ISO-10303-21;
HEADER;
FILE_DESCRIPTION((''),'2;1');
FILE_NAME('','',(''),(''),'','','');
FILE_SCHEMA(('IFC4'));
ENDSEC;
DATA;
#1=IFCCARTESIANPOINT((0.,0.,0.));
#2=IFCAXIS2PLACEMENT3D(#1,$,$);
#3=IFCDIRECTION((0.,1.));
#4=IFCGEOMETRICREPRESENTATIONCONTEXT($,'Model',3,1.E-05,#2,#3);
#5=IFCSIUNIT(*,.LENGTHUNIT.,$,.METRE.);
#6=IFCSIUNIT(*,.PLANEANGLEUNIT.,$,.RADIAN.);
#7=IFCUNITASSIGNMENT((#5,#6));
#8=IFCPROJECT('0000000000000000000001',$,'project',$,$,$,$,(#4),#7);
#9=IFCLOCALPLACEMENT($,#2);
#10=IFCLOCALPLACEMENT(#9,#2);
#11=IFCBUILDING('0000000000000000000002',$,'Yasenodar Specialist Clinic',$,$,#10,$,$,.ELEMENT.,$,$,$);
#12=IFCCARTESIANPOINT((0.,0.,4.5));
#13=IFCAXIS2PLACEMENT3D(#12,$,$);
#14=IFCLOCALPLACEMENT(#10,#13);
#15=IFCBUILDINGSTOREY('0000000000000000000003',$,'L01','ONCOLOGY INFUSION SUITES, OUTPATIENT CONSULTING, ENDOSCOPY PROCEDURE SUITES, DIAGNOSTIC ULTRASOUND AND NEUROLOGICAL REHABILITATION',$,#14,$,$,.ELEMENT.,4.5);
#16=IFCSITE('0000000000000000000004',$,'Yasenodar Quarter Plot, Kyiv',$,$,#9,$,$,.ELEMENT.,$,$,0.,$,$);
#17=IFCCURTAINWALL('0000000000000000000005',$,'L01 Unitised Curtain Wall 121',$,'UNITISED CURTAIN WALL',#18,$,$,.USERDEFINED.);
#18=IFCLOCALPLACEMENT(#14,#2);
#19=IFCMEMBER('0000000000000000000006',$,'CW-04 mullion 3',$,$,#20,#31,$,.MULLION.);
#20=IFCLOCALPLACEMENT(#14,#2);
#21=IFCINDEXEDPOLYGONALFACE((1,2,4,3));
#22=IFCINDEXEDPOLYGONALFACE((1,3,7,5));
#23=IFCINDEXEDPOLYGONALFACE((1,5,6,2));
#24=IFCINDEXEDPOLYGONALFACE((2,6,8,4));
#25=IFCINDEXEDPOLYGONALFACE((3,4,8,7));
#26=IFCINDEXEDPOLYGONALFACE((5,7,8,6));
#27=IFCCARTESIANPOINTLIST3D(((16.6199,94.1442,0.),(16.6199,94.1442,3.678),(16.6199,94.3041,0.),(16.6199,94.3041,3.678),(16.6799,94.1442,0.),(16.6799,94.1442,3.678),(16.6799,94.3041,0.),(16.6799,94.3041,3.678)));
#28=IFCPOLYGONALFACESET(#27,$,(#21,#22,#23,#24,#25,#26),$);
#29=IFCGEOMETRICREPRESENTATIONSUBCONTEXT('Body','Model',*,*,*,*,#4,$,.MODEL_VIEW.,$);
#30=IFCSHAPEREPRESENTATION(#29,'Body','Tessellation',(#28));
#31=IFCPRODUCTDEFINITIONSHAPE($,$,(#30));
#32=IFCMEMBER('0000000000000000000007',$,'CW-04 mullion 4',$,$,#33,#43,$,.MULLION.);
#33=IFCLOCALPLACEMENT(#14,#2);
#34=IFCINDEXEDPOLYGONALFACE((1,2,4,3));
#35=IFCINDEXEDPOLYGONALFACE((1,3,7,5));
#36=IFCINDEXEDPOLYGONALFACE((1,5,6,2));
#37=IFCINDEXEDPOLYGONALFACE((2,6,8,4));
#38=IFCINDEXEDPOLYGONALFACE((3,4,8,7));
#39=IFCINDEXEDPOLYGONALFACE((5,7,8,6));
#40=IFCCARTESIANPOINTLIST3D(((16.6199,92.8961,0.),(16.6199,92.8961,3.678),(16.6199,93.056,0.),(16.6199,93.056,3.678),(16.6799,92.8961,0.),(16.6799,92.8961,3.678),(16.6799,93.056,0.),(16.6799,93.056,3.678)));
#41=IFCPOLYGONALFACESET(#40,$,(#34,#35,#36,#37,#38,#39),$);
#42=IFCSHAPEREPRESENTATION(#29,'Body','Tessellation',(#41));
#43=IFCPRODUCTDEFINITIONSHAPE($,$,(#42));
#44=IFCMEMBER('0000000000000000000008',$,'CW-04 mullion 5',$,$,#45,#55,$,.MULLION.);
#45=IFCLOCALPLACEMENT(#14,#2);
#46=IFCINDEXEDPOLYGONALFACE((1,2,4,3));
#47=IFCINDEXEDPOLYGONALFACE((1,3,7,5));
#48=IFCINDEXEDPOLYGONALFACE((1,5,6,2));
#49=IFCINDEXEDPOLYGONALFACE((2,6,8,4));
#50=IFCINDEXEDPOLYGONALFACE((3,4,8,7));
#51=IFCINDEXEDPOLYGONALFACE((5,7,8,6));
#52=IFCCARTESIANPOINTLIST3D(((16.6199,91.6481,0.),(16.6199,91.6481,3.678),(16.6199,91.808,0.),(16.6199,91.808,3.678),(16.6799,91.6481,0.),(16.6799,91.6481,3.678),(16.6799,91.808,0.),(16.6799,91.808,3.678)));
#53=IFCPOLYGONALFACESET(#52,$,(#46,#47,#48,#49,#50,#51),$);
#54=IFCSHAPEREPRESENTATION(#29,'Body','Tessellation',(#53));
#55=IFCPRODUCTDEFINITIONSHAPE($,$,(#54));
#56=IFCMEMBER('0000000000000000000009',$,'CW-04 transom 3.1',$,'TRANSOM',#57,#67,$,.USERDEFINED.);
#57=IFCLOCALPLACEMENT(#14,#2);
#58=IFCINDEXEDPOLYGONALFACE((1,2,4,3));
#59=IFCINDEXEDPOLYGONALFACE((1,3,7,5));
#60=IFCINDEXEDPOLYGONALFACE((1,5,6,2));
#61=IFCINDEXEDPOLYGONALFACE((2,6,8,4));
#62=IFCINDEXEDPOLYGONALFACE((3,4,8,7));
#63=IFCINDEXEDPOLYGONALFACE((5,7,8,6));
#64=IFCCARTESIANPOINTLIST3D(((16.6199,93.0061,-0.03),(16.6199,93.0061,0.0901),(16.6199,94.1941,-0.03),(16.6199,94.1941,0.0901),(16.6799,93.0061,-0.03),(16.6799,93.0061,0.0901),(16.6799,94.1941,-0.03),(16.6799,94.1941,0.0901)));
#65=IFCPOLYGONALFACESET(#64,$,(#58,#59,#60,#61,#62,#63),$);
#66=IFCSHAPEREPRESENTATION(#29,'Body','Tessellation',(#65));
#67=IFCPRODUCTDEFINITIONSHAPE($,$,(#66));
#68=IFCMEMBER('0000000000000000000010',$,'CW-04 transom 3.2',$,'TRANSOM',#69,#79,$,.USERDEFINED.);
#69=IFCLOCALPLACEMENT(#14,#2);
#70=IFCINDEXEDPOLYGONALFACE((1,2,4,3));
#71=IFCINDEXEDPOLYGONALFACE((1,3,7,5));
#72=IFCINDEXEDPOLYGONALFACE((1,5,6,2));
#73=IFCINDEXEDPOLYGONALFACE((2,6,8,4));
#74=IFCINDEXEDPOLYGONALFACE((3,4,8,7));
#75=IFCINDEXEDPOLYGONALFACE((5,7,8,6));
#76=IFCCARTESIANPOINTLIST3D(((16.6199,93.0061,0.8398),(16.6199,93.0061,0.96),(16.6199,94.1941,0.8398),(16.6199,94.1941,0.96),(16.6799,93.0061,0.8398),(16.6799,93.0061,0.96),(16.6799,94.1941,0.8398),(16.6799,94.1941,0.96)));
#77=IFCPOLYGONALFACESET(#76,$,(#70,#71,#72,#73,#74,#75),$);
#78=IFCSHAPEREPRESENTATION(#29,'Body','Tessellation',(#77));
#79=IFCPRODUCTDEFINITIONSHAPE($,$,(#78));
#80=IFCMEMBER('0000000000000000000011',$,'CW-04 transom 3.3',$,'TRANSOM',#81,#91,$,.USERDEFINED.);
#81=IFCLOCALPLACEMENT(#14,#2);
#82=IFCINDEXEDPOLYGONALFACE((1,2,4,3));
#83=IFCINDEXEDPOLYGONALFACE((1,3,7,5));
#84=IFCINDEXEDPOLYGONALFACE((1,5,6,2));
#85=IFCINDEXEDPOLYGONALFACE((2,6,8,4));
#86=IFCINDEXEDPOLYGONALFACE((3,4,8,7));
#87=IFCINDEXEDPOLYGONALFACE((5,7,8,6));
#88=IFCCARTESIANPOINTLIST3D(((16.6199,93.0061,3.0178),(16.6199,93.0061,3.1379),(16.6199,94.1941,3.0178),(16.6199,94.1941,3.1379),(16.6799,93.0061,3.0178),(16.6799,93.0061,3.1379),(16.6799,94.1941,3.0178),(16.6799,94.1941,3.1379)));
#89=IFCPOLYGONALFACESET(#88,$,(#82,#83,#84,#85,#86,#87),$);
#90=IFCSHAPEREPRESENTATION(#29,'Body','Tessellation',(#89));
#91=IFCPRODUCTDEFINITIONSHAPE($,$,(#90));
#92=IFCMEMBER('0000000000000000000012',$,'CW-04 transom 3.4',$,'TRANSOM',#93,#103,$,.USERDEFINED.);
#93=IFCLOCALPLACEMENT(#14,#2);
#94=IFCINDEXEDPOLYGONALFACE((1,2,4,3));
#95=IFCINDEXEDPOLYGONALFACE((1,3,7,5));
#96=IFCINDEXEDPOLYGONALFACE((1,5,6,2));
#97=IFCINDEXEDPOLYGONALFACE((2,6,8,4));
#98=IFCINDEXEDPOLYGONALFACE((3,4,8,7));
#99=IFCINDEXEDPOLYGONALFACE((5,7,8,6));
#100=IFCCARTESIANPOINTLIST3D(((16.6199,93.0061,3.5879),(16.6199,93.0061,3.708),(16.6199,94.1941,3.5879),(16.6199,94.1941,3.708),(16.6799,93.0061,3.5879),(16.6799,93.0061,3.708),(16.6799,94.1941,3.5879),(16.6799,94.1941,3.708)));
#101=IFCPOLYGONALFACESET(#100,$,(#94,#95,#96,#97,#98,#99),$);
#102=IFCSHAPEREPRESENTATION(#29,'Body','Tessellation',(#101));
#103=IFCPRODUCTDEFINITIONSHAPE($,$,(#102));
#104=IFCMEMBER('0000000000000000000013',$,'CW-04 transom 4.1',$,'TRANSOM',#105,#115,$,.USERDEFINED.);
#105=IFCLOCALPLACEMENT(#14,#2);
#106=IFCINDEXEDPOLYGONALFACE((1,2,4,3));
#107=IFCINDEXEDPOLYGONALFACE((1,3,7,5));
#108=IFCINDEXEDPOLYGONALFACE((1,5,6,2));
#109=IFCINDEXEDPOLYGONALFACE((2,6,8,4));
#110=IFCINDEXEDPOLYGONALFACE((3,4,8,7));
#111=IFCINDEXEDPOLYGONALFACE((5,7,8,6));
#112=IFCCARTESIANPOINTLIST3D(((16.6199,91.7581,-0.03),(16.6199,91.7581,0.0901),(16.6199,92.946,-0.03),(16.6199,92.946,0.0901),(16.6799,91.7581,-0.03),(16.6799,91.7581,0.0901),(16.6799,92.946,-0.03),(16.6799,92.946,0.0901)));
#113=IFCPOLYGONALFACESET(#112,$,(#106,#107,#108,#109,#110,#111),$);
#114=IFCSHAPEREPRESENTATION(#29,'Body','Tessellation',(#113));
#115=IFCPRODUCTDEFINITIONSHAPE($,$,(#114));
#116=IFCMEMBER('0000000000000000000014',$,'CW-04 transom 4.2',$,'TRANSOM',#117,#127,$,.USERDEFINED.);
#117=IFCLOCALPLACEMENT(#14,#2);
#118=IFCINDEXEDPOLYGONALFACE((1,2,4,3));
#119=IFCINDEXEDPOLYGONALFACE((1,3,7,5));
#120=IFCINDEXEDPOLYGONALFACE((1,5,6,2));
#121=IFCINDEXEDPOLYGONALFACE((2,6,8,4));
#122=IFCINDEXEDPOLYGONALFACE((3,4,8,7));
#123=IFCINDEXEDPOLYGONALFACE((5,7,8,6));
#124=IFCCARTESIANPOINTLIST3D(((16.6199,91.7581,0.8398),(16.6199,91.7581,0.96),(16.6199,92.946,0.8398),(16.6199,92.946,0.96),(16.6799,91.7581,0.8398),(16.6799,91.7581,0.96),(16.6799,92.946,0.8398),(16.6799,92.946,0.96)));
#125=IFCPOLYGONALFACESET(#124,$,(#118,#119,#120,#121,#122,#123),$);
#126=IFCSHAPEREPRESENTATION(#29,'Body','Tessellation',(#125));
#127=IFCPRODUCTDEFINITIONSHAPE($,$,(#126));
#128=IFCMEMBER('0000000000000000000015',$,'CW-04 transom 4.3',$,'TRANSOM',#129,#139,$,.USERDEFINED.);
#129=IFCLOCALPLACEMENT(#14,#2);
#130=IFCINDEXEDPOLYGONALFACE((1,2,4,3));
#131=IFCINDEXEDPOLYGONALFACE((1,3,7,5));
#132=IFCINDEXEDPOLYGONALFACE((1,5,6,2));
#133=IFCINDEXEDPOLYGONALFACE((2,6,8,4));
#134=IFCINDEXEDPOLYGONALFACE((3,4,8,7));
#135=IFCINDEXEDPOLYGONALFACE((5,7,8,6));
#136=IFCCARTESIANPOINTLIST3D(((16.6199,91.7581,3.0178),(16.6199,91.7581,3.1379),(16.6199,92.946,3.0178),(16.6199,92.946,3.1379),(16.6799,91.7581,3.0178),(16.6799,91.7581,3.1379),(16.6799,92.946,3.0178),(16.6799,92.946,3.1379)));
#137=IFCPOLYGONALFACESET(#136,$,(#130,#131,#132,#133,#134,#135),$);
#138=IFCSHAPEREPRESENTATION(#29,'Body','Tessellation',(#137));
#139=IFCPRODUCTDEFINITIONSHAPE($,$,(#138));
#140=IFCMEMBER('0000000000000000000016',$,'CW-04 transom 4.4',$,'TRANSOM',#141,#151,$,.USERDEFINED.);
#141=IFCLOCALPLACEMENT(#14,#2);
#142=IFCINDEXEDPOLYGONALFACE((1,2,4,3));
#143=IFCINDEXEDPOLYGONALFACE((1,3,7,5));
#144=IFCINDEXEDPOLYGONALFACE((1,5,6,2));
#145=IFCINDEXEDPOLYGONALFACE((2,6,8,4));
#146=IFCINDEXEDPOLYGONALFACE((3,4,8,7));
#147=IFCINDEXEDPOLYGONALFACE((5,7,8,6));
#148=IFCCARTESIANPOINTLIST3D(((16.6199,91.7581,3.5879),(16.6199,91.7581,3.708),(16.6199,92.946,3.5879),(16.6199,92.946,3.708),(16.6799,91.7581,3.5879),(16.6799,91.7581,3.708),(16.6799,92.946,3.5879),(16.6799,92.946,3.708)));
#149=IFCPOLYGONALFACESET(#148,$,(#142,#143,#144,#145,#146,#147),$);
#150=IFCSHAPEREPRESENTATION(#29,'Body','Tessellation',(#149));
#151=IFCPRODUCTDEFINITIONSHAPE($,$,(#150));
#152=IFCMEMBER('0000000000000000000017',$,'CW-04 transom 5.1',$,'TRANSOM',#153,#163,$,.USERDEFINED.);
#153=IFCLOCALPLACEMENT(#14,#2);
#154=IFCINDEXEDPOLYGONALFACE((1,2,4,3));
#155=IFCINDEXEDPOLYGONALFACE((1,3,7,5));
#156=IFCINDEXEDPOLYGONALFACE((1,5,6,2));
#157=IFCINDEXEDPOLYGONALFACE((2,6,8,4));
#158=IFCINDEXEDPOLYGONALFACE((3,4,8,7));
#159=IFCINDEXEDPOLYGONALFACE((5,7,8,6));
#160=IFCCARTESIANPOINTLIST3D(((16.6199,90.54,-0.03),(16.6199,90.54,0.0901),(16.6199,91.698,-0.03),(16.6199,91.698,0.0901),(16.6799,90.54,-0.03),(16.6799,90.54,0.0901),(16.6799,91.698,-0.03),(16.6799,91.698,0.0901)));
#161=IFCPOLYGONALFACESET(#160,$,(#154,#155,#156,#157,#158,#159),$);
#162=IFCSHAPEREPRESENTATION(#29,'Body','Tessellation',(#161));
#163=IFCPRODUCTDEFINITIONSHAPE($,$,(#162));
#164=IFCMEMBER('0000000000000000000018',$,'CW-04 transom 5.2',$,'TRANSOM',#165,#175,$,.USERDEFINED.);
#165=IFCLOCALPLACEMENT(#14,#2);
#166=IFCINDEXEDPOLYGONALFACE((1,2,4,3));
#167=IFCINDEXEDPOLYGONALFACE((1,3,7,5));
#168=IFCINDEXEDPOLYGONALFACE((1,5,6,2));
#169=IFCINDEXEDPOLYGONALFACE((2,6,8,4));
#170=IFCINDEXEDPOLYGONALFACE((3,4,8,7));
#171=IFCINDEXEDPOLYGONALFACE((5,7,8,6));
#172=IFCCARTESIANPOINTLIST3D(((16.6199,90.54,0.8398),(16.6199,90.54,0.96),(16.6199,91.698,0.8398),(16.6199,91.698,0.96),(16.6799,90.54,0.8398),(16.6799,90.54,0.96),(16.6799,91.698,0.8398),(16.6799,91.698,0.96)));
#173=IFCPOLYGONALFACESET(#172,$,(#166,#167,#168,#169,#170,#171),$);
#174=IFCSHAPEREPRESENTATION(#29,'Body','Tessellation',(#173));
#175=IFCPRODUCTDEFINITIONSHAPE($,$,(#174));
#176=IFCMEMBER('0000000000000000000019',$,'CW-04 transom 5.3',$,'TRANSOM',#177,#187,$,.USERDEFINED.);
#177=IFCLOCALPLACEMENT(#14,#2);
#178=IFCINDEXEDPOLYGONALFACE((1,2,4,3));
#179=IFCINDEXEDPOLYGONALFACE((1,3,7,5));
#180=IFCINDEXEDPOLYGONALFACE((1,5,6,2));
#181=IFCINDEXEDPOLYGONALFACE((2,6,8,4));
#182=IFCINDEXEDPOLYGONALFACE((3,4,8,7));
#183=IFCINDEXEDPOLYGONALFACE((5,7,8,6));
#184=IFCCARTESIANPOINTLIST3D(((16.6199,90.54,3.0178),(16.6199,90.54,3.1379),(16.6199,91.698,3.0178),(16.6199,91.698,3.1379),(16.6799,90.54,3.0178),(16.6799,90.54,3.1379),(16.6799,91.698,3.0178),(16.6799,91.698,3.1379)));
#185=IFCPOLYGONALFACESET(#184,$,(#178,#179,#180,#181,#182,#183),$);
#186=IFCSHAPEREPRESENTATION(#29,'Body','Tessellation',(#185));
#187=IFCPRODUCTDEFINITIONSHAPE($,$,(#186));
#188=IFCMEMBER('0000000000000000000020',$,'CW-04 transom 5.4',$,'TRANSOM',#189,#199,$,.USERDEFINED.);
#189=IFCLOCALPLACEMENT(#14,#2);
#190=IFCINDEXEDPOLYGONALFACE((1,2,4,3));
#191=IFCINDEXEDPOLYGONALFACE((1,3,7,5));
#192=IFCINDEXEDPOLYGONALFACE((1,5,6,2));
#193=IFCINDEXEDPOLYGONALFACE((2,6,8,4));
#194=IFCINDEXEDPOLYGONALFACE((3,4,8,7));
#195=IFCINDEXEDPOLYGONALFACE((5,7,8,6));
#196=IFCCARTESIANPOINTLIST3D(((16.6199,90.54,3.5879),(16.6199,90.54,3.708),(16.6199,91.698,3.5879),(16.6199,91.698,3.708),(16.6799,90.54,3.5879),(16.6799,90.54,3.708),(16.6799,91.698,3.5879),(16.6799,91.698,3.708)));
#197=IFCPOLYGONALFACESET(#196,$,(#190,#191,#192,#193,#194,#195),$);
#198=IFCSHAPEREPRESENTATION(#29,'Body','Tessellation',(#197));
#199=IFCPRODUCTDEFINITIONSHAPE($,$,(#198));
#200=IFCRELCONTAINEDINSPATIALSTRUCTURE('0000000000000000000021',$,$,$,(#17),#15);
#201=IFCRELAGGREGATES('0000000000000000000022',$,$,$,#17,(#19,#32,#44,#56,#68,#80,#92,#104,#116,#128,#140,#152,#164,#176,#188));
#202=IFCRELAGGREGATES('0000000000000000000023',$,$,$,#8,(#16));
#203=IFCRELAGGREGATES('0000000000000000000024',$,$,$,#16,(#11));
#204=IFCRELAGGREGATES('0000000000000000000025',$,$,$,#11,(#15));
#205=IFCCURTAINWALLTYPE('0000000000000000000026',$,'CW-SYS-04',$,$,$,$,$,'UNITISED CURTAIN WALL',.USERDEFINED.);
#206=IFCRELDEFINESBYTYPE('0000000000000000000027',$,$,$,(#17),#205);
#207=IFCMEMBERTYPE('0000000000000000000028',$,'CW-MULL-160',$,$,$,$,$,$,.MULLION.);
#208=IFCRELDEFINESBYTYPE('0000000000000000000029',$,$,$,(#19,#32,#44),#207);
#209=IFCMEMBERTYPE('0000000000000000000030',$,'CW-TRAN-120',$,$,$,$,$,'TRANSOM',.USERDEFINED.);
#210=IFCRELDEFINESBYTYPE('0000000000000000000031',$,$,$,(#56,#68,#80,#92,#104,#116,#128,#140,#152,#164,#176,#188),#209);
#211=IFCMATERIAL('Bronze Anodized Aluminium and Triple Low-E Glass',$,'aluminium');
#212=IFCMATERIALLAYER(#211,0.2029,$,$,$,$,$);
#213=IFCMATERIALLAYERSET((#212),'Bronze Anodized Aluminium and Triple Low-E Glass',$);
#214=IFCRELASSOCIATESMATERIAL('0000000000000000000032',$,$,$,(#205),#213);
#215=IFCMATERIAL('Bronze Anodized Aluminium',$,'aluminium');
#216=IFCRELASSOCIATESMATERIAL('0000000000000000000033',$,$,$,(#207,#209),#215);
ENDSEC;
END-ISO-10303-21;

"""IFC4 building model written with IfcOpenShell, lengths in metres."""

from ifc_helpers import new_model, si_unit, direction, frame, origin, origin_2d, place, context, subcontext, project, spatial, rectangle, extrude, material, layer, layer_set, material_profile, profile_set, type_object, element, aggregate, save


model = new_model("IFC4")

# Units and contexts
model_context = context("Model", 3, precision=1e-05, world=origin(), true_north=direction((0.0, 1.0)))
body_context = subcontext(model_context, "Body", "Model", "MODEL_VIEW")
ifc_project = project(units=[si_unit("LENGTHUNIT", "METRE"), si_unit("PLANEANGLEUNIT", "RADIAN")], contexts=[model_context])

# Site, building, storey
site_placement = place(None, origin())
site = spatial("IfcSite", under=ifc_project, at=site_placement, Name="Yasenodar Quarter Plot, Kyiv", CompositionType="ELEMENT", RefElevation=0.0)
building_placement = place(site_placement, origin())
building = spatial("IfcBuilding", under=site, at=building_placement, Name="Yasenodar Specialist Clinic", CompositionType="ELEMENT")
storey_placement = place(building_placement, frame((0.0, 0.0, 4.5)))
storey = spatial("IfcBuildingStorey", under=building, at=storey_placement, Name="L01", Description="ONCOLOGY INFUSION SUITES, OUTPATIENT CONSULTING, ENDOSCOPY PROCEDURE SUITES, DIAGNOSTIC ULTRASOUND AND NEUROLOGICAL REHABILITATION", CompositionType="ELEMENT", Elevation=4.5)

# Curtain wall, members
ifc_material_1 = material(Name="Bronze Anodized Aluminium and Triple Low-E Glass", Category="aluminium")
ifc_layer_1 = layer(ifc_material_1, 0.2029)
ifc_layer_set_1 = layer_set([ifc_layer_1], Name="Bronze Anodized Aluminium and Triple Low-E Glass")
curtain_wall_type = type_object("IfcCurtainWallType", Name="CW-SYS-04", ElementType="UNITISED CURTAIN WALL", PredefinedType="USERDEFINED", material=ifc_layer_set_1)
curtain_wall_placement = place(storey_placement, origin())
curtain_wall = element("IfcCurtainWall", 1, at=curtain_wall_placement, inside=storey, type_object=curtain_wall_type, Name="L01 Unitised Curtain Wall 121", ObjectType="UNITISED CURTAIN WALL", PredefinedType="USERDEFINED")
ifc_material_2 = material(Name="Bronze Anodized Aluminium", Category="aluminium")
ifc_material_profile_1 = material_profile(ifc_material_2, rectangle(XDim=0.0601, YDim=0.1599, at=origin_2d()), Name="CW-MULL 60x160")
ifc_profile_set_1 = profile_set([ifc_material_profile_1], Name="Bronze Anodized Aluminium")
member_type_1 = type_object("IfcMemberType", Name="CW-MULL-160", PredefinedType="MULLION", material=ifc_profile_set_1)
member_1_placement = place(storey_placement, frame((16.6499, 94.2241, 0.0), z_axis=(0.0, 0.0, 1.0), x_axis=(1.0, 0.0, 0.0)))
member_1 = element("IfcMember", 2, at=member_1_placement, type_object=member_type_1, Name="CW-04 mullion 3", PredefinedType="MULLION", context=body_context, shape_type="SweptSolid", body=[
    extrude(rectangle(XDim=0.0601, YDim=0.1599, at=origin_2d()), origin(), (0.0, 0.0, 1.0), 3.678),
])
member_2_placement = place(storey_placement, frame((16.6499, 92.9761, 0.0), z_axis=(0.0, 0.0, 1.0), x_axis=(1.0, 0.0, 0.0)))
member_2 = element("IfcMember", 3, at=member_2_placement, type_object=member_type_1, Name="CW-04 mullion 4", PredefinedType="MULLION", context=body_context, shape_type="SweptSolid", body=[
    extrude(rectangle(XDim=0.0601, YDim=0.1599, at=origin_2d()), origin(), (0.0, 0.0, 1.0), 3.678),
])
member_3_placement = place(storey_placement, frame((16.6499, 91.728, 0.0), z_axis=(0.0, 0.0, 1.0), x_axis=(1.0, 0.0, 0.0)))
member_3 = element("IfcMember", 4, at=member_3_placement, type_object=member_type_1, Name="CW-04 mullion 5", PredefinedType="MULLION", context=body_context, shape_type="SweptSolid", body=[
    extrude(rectangle(XDim=0.0601, YDim=0.1599, at=origin_2d()), origin(), (0.0, 0.0, 1.0), 3.678),
])
ifc_material_profile_2 = material_profile(ifc_material_2, rectangle(XDim=0.0601, YDim=0.1201, at=origin_2d()), Name="CW-TRAN 60x120")
ifc_profile_set_2 = profile_set([ifc_material_profile_2], Name="Bronze Anodized Aluminium")
member_type_2 = type_object("IfcMemberType", Name="CW-TRAN-120", ElementType="TRANSOM", PredefinedType="USERDEFINED", material=ifc_profile_set_2)
member_4_placement = place(storey_placement, frame((16.6499, 94.1941, 0.03), z_axis=(0.0, -1.0, 0.0), x_axis=(1.0, 0.0, 0.0)))
member_4 = element("IfcMember", 5, at=member_4_placement, type_object=member_type_2, Name="CW-04 transom 3.1", ObjectType="TRANSOM", PredefinedType="USERDEFINED", context=body_context, shape_type="SweptSolid", body=[
    extrude(rectangle(XDim=0.0601, YDim=0.1201, at=origin_2d()), origin(), (0.0, 0.0, 1.0), 1.188),
])
member_5_placement = place(storey_placement, frame((16.6499, 94.1941, 0.8999), z_axis=(0.0, -1.0, 0.0), x_axis=(1.0, 0.0, 0.0)))
member_5 = element("IfcMember", 6, at=member_5_placement, type_object=member_type_2, Name="CW-04 transom 3.2", ObjectType="TRANSOM", PredefinedType="USERDEFINED", context=body_context, shape_type="SweptSolid", body=[
    extrude(rectangle(XDim=0.0601, YDim=0.1201, at=origin_2d()), origin(), (0.0, 0.0, 1.0), 1.188),
])
member_6_placement = place(storey_placement, frame((16.6499, 94.1941, 3.0779), z_axis=(0.0, -1.0, 0.0), x_axis=(1.0, 0.0, 0.0)))
member_6 = element("IfcMember", 7, at=member_6_placement, type_object=member_type_2, Name="CW-04 transom 3.3", ObjectType="TRANSOM", PredefinedType="USERDEFINED", context=body_context, shape_type="SweptSolid", body=[
    extrude(rectangle(XDim=0.0601, YDim=0.1201, at=origin_2d()), origin(), (0.0, 0.0, 1.0), 1.188),
])
member_7_placement = place(storey_placement, frame((16.6499, 94.1941, 3.6479), z_axis=(0.0, -1.0, 0.0), x_axis=(1.0, 0.0, 0.0)))
member_7 = element("IfcMember", 8, at=member_7_placement, type_object=member_type_2, Name="CW-04 transom 3.4", ObjectType="TRANSOM", PredefinedType="USERDEFINED", context=body_context, shape_type="SweptSolid", body=[
    extrude(rectangle(XDim=0.0601, YDim=0.1201, at=origin_2d()), origin(), (0.0, 0.0, 1.0), 1.188),
])
member_8_placement = place(storey_placement, frame((16.6499, 92.946, 0.03), z_axis=(0.0, -1.0, 0.0), x_axis=(1.0, 0.0, 0.0)))
member_8 = element("IfcMember", 9, at=member_8_placement, type_object=member_type_2, Name="CW-04 transom 4.1", ObjectType="TRANSOM", PredefinedType="USERDEFINED", context=body_context, shape_type="SweptSolid", body=[
    extrude(rectangle(XDim=0.0601, YDim=0.1201, at=origin_2d()), origin(), (0.0, 0.0, 1.0), 1.188),
])
member_9_placement = place(storey_placement, frame((16.6499, 92.946, 0.8999), z_axis=(0.0, -1.0, 0.0), x_axis=(1.0, 0.0, 0.0)))
member_9 = element("IfcMember", 10, at=member_9_placement, type_object=member_type_2, Name="CW-04 transom 4.2", ObjectType="TRANSOM", PredefinedType="USERDEFINED", context=body_context, shape_type="SweptSolid", body=[
    extrude(rectangle(XDim=0.0601, YDim=0.1201, at=origin_2d()), origin(), (0.0, 0.0, 1.0), 1.188),
])
member_10_placement = place(storey_placement, frame((16.6499, 92.946, 3.0779), z_axis=(0.0, -1.0, 0.0), x_axis=(1.0, 0.0, 0.0)))
member_10 = element("IfcMember", 11, at=member_10_placement, type_object=member_type_2, Name="CW-04 transom 4.3", ObjectType="TRANSOM", PredefinedType="USERDEFINED", context=body_context, shape_type="SweptSolid", body=[
    extrude(rectangle(XDim=0.0601, YDim=0.1201, at=origin_2d()), origin(), (0.0, 0.0, 1.0), 1.188),
])
member_11_placement = place(storey_placement, frame((16.6499, 92.946, 3.6479), z_axis=(0.0, -1.0, 0.0), x_axis=(1.0, 0.0, 0.0)))
member_11 = element("IfcMember", 12, at=member_11_placement, type_object=member_type_2, Name="CW-04 transom 4.4", ObjectType="TRANSOM", PredefinedType="USERDEFINED", context=body_context, shape_type="SweptSolid", body=[
    extrude(rectangle(XDim=0.0601, YDim=0.1201, at=origin_2d()), origin(), (0.0, 0.0, 1.0), 1.188),
])
member_12_placement = place(storey_placement, frame((16.6499, 91.698, 0.03), z_axis=(0.0, -1.0, 0.0), x_axis=(1.0, 0.0, 0.0)))
member_12 = element("IfcMember", 13, at=member_12_placement, type_object=member_type_2, Name="CW-04 transom 5.1", ObjectType="TRANSOM", PredefinedType="USERDEFINED", context=body_context, shape_type="SweptSolid", body=[
    extrude(rectangle(XDim=0.0601, YDim=0.1201, at=origin_2d()), origin(), (0.0, 0.0, 1.0), 1.158),
])
member_13_placement = place(storey_placement, frame((16.6499, 91.698, 0.8999), z_axis=(0.0, -1.0, 0.0), x_axis=(1.0, 0.0, 0.0)))
member_13 = element("IfcMember", 14, at=member_13_placement, type_object=member_type_2, Name="CW-04 transom 5.2", ObjectType="TRANSOM", PredefinedType="USERDEFINED", context=body_context, shape_type="SweptSolid", body=[
    extrude(rectangle(XDim=0.0601, YDim=0.1201, at=origin_2d()), origin(), (0.0, 0.0, 1.0), 1.158),
])
member_14_placement = place(storey_placement, frame((16.6499, 91.698, 3.0779), z_axis=(0.0, -1.0, 0.0), x_axis=(1.0, 0.0, 0.0)))
member_14 = element("IfcMember", 15, at=member_14_placement, type_object=member_type_2, Name="CW-04 transom 5.3", ObjectType="TRANSOM", PredefinedType="USERDEFINED", context=body_context, shape_type="SweptSolid", body=[
    extrude(rectangle(XDim=0.0601, YDim=0.1201, at=origin_2d()), origin(), (0.0, 0.0, 1.0), 1.158),
])
member_15_placement = place(storey_placement, frame((16.6499, 91.698, 3.6479), z_axis=(0.0, -1.0, 0.0), x_axis=(1.0, 0.0, 0.0)))
member_15 = element("IfcMember", 16, at=member_15_placement, type_object=member_type_2, Name="CW-04 transom 5.4", ObjectType="TRANSOM", PredefinedType="USERDEFINED", context=body_context, shape_type="SweptSolid", body=[
    extrude(rectangle(XDim=0.0601, YDim=0.1201, at=origin_2d()), origin(), (0.0, 0.0, 1.0), 1.158),
])
aggregate(curtain_wall, [member_1, member_2, member_3, member_4, member_5, member_6, member_7, member_8, member_9, member_10, member_11, member_12, member_13, member_14, member_15])

save(model, "model.ifc")
